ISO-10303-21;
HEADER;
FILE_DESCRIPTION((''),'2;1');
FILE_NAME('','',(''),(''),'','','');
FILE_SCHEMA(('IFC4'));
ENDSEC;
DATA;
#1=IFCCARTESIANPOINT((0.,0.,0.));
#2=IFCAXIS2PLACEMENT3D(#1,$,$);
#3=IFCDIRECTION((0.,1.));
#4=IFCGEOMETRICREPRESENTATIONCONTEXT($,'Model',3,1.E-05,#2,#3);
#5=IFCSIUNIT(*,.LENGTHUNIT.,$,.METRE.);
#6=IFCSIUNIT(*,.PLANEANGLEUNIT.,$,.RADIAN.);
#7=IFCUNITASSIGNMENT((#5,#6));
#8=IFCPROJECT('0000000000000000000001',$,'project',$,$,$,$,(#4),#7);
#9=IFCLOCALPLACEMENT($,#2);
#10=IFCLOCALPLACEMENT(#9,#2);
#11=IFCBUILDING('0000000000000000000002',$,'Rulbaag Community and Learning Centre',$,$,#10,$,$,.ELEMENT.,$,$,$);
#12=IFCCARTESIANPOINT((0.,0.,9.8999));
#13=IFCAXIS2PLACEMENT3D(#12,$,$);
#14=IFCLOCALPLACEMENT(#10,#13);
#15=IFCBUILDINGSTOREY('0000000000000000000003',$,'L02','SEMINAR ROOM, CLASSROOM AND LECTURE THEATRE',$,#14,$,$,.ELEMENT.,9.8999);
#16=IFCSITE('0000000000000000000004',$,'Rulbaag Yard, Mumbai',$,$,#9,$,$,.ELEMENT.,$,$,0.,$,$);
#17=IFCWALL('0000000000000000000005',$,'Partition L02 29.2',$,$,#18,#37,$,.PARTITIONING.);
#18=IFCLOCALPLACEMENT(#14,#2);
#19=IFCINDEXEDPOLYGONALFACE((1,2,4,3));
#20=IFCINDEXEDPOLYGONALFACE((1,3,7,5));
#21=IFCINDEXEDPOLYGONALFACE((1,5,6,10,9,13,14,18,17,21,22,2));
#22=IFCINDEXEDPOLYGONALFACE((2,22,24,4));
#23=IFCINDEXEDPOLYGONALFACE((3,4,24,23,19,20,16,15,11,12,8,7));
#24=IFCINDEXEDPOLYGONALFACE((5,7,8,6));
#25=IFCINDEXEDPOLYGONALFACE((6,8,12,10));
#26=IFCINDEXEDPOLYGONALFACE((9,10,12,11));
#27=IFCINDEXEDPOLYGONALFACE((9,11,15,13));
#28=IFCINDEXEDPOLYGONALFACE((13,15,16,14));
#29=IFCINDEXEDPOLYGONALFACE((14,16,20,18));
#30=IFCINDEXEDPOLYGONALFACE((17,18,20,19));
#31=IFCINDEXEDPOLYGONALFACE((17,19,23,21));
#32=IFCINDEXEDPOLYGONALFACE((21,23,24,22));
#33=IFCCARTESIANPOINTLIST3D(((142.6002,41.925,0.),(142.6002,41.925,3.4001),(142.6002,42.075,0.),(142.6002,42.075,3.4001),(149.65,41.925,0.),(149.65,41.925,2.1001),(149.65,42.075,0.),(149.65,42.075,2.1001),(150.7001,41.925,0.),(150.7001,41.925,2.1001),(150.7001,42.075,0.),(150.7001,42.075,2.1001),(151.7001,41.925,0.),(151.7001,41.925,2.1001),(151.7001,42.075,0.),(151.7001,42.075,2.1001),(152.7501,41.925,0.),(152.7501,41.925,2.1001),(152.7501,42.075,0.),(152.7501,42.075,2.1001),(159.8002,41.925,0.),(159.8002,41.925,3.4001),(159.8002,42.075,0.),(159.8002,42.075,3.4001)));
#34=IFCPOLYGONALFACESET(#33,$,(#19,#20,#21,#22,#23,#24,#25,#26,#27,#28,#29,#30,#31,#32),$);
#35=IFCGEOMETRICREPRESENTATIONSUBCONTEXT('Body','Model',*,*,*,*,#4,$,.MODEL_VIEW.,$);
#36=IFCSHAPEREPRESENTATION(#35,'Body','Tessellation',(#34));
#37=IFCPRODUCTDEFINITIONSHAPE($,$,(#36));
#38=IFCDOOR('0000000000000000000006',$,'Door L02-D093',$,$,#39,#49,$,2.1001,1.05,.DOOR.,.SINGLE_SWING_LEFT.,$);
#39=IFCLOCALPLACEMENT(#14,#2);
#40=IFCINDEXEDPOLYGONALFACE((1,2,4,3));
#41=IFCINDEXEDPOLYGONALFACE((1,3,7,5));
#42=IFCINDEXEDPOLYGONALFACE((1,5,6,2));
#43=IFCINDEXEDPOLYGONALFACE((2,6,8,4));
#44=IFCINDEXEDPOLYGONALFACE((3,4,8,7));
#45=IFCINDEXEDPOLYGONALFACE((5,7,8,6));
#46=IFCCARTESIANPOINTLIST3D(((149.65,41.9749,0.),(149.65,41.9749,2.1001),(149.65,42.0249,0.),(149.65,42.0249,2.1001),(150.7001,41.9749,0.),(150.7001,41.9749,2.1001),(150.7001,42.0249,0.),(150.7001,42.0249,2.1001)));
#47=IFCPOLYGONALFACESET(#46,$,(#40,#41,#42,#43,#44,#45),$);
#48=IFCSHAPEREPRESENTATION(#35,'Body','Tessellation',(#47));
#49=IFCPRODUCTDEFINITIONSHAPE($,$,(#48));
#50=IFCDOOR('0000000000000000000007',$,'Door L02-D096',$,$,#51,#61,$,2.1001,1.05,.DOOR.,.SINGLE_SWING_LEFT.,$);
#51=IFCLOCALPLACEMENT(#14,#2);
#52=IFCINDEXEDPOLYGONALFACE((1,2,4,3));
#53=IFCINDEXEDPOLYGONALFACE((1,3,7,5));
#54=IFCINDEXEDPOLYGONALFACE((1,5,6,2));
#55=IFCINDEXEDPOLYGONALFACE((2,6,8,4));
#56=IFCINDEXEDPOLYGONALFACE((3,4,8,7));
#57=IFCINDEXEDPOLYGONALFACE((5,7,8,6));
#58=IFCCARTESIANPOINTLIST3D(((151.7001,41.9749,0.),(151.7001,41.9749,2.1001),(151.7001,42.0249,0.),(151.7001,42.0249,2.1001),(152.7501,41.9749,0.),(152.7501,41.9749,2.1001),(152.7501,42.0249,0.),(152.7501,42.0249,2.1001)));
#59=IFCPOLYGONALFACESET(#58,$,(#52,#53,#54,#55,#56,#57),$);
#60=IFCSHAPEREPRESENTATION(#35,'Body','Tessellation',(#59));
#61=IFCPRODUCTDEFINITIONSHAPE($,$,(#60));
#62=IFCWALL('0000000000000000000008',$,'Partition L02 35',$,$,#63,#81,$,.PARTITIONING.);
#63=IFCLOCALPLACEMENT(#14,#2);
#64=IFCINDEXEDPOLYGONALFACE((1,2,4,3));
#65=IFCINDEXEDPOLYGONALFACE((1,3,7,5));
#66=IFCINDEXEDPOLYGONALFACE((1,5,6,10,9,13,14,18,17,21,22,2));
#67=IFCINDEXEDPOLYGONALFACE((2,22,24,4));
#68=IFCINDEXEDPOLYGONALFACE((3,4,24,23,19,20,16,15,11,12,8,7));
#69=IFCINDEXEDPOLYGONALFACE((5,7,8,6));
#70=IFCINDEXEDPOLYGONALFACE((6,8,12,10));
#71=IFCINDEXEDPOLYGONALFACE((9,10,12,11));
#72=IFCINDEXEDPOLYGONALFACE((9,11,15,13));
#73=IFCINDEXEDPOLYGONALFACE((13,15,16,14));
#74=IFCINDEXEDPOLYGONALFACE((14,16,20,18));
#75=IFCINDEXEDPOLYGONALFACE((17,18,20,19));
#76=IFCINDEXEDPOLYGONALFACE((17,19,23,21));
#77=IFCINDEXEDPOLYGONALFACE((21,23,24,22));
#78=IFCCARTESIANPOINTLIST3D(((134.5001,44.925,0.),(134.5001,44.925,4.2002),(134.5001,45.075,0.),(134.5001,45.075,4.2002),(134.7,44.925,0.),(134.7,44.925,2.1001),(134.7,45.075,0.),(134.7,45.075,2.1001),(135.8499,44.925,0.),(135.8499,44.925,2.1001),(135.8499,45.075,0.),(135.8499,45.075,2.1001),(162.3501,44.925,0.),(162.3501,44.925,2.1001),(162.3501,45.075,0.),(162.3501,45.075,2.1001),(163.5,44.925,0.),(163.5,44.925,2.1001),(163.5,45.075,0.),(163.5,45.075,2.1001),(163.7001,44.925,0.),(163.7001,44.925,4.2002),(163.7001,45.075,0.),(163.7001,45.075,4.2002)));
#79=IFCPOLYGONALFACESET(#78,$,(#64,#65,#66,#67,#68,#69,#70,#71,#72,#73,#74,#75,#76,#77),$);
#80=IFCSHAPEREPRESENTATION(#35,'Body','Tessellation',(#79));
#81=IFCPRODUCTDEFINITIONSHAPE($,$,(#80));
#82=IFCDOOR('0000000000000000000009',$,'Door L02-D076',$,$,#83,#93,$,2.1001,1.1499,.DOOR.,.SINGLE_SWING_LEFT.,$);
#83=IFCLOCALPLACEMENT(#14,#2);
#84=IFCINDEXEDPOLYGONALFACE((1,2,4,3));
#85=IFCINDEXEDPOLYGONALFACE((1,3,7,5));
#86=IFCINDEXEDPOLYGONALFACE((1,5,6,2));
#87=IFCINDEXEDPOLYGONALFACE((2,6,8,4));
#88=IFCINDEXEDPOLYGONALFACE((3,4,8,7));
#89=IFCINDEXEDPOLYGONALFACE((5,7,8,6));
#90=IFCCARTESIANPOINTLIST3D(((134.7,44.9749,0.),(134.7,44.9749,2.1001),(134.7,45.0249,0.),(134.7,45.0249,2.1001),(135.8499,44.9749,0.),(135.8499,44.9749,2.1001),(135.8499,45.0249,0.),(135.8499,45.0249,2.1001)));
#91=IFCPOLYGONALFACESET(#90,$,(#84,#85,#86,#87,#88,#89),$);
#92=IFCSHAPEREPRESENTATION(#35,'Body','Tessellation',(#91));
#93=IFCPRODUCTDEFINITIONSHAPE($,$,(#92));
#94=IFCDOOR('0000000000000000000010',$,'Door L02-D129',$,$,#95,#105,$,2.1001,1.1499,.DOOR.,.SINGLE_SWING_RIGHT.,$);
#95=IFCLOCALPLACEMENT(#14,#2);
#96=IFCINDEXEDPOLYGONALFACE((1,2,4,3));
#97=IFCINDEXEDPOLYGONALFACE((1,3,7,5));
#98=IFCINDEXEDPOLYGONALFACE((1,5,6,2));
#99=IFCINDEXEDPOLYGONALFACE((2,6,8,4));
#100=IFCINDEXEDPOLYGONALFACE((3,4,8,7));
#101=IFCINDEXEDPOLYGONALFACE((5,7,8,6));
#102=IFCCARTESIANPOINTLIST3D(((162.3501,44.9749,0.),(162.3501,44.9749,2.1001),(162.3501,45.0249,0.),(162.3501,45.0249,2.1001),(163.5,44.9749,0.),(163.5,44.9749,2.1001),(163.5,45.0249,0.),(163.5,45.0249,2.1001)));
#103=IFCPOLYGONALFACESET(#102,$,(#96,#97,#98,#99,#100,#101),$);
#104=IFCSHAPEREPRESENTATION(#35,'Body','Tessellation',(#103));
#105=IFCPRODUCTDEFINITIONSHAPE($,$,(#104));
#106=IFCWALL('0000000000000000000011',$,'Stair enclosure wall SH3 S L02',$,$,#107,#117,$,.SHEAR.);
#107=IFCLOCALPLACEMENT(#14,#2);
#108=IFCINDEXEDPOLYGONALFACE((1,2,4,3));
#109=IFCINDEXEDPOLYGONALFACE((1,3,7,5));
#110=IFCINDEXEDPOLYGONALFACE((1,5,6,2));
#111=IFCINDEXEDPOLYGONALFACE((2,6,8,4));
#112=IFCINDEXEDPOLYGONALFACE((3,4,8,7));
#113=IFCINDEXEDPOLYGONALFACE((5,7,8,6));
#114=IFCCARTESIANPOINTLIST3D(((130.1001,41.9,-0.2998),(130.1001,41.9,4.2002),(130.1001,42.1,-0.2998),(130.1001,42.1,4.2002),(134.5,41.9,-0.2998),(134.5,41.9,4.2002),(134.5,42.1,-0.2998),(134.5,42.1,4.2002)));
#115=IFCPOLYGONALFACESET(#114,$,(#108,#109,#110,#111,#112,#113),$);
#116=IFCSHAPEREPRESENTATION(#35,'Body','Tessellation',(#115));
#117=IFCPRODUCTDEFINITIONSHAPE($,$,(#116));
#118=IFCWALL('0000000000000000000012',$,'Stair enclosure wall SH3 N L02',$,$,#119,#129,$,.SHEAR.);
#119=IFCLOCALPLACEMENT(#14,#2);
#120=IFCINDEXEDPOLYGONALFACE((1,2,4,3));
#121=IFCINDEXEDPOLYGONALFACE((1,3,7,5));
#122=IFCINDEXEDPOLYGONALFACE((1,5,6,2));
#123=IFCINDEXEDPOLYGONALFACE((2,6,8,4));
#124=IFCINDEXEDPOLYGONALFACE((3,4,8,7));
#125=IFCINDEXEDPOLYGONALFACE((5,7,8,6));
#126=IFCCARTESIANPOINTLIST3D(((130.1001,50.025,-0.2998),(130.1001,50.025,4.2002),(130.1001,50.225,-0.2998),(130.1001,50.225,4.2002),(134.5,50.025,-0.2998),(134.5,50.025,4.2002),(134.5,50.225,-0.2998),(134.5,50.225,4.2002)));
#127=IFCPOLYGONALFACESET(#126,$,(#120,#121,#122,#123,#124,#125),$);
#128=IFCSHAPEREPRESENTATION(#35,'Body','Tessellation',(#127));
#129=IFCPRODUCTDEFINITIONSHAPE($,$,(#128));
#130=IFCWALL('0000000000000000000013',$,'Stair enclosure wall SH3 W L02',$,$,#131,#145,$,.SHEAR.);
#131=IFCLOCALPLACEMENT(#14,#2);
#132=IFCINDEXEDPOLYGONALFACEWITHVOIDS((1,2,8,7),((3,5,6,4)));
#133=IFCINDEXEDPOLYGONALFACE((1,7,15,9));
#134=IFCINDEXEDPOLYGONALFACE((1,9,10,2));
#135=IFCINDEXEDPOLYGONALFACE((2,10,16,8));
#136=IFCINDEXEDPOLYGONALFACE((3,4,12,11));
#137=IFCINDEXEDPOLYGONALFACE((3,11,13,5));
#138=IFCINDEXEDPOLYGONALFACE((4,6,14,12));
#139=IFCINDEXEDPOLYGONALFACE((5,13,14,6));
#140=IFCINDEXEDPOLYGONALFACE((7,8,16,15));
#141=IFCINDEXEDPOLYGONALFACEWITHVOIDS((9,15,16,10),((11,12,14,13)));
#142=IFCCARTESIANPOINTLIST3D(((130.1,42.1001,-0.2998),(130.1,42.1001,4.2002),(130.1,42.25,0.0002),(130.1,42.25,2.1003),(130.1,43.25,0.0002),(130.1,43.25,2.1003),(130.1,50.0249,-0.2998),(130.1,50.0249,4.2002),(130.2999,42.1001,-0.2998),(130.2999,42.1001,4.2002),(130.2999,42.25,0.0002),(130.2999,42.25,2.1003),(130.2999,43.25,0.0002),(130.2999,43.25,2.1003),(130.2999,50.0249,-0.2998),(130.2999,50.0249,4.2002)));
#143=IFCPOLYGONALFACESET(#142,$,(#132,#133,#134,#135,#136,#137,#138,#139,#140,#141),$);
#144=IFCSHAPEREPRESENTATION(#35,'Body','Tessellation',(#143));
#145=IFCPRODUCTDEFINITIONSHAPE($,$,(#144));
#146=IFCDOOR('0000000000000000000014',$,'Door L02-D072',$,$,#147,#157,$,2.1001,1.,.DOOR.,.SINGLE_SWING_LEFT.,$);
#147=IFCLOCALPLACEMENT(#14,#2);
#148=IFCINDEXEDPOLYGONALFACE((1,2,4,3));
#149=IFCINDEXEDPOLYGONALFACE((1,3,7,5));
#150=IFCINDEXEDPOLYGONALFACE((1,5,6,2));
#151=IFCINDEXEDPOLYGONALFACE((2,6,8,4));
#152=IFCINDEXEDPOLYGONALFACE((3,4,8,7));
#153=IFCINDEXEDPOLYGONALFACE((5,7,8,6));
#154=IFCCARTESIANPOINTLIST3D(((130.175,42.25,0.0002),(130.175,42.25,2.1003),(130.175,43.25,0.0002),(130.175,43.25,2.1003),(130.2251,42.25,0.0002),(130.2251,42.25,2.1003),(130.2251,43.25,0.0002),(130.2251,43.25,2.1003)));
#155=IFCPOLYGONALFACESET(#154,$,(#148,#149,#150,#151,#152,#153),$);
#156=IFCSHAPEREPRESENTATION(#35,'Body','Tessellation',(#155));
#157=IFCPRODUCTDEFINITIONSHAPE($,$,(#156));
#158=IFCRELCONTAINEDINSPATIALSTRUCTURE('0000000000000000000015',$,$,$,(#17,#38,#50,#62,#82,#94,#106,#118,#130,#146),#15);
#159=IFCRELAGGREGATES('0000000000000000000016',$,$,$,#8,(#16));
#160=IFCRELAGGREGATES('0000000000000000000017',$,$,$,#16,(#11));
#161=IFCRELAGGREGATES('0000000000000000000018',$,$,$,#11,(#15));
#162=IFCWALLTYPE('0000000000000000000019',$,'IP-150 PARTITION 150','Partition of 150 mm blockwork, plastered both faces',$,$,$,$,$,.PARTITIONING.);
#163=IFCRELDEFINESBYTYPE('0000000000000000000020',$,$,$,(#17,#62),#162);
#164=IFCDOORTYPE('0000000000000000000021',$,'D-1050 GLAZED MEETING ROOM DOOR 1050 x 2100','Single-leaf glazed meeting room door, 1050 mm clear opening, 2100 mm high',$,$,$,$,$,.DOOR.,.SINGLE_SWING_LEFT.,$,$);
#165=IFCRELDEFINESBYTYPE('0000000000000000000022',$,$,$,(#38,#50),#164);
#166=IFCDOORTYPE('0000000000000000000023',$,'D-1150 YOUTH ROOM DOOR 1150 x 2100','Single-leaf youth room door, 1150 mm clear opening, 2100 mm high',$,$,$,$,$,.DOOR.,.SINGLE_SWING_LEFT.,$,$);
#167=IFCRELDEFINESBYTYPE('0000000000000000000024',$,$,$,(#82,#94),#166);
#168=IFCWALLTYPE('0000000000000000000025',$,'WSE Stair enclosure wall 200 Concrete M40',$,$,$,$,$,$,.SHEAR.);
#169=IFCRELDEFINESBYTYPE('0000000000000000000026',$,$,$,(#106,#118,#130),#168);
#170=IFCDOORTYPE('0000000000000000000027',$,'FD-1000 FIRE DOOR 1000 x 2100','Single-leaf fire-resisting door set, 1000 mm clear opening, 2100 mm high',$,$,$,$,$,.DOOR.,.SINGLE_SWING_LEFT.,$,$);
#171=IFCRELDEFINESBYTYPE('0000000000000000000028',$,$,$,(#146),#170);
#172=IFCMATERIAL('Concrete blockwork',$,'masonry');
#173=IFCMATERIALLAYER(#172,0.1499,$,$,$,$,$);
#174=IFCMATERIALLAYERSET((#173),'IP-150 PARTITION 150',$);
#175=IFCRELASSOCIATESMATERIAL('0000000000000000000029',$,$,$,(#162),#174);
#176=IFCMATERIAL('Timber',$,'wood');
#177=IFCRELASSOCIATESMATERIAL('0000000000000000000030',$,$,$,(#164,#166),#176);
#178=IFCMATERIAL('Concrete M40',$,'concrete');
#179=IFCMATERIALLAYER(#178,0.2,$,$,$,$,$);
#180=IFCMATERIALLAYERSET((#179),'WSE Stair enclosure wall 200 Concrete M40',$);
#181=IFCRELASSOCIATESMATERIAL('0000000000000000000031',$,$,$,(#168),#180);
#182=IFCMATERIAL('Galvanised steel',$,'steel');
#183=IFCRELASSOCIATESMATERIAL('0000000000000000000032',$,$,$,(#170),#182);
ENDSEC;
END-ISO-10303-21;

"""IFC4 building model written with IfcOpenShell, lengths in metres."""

from ifc_helpers import new_model, si_unit, direction, frame, frame_2d, origin, place, context, subcontext, project, spatial, rectangle, extrude, material, layer, layer_set, type_object, element, fill, save


model = new_model("IFC4")

# Units and contexts
model_context = context("Model", 3, precision=1e-05, world=origin(), true_north=direction((0.0, 1.0)))
body_context = subcontext(model_context, "Body", "Model", "MODEL_VIEW")
ifc_project = project(units=[si_unit("LENGTHUNIT", "METRE"), si_unit("PLANEANGLEUNIT", "RADIAN")], contexts=[model_context])

# Site, building, storey
site_placement = place(None, origin())
site = spatial("IfcSite", under=ifc_project, at=site_placement, Name="Rulbaag Yard, Mumbai", CompositionType="ELEMENT", RefElevation=0.0)
building_placement = place(site_placement, origin())
building = spatial("IfcBuilding", under=site, at=building_placement, Name="Rulbaag Community and Learning Centre", CompositionType="ELEMENT")
storey_placement = place(building_placement, frame((0.0, 0.0, 9.8999)))
storey = spatial("IfcBuildingStorey", under=building, at=storey_placement, Name="L02", Description="SEMINAR ROOM, CLASSROOM AND LECTURE THEATRE", CompositionType="ELEMENT", Elevation=9.8999)

# Shared definitions
ifc_material_1 = material(Name="Concrete M40", Category="concrete")

# Shared definitions
ifc_material_2 = material(Name="Concrete blockwork", Category="masonry")
ifc_layer_1 = layer(ifc_material_2, 0.1499)
ifc_layer_set_1 = layer_set([ifc_layer_1], Name="IP-150 PARTITION 150")
wall_type_1 = type_object("IfcWallType", Name="IP-150 PARTITION 150", Description="Partition of 150 mm blockwork, plastered both faces", PredefinedType="PARTITIONING", material=ifc_layer_set_1)
ifc_material_3 = material(Name="Timber", Category="wood")
door_type_1 = type_object("IfcDoorType", Name="D-1050 GLAZED MEETING ROOM DOOR 1050 x 2100", Description="Single-leaf glazed meeting room door, 1050 mm clear opening, 2100 mm high", OperationType="SINGLE_SWING_LEFT", PredefinedType="DOOR", material=ifc_material_3)

# Walls, openings, doors
wall_1_placement = place(storey_placement, frame((142.6001, 42.0, 0.0), z_axis=(0.0, 0.0, 1.0), x_axis=(1.0, 0.0, 0.0)))
wall_1 = element("IfcWall", 1, at=wall_1_placement, inside=storey, type_object=wall_type_1, Name="Partition L02 29.2", PredefinedType="PARTITIONING", context=body_context, shape_type="SweptSolid", body=[
    extrude(rectangle(XDim=17.2, YDim=0.1499, at=frame_2d((8.6001, 0.0))), origin(), (0.0, 0.0, 1.0), 3.4001),
])
opening_1_placement = place(wall_1_placement, frame((7.05, 0.0, 0.0)))
opening_1 = element("IfcOpeningElement", 2, at=opening_1_placement, cuts=wall_1, PredefinedType="OPENING", context=body_context, shape_type="SweptSolid", body=[
    extrude(rectangle(XDim=1.05, YDim=2.1001, at=frame_2d((0.5249, 1.05))), frame((0.0, 0.085, 0.0), z_axis=(0.0, -1.0, 0.0), x_axis=(1.0, 0.0, 0.0)), (0.0, 0.0, 1.0), 0.1699),
])
opening_2_placement = place(wall_1_placement, frame((9.1001, 0.0, 0.0)))
opening_2 = element("IfcOpeningElement", 3, at=opening_2_placement, cuts=wall_1, PredefinedType="OPENING", context=body_context, shape_type="SweptSolid", body=[
    extrude(rectangle(XDim=1.05, YDim=2.1001, at=frame_2d((0.5249, 1.05))), frame((0.0, 0.085, 0.0), z_axis=(0.0, -1.0, 0.0), x_axis=(1.0, 0.0, 0.0)), (0.0, 0.0, 1.0), 0.1699),
])
door_1_placement = place(opening_1_placement, origin())
door_1 = element("IfcDoor", 4, at=door_1_placement, inside=storey, type_object=door_type_1, Name="Door L02-D093", OperationType="SINGLE_SWING_LEFT", OverallHeight=2.1001, OverallWidth=1.05, PredefinedType="DOOR", context=body_context, shape_type="SweptSolid", body=[
    extrude(rectangle(XDim=1.05, YDim=2.1001, at=frame_2d((0.5249, 1.05))), frame((0.0, 0.0249, 0.0), z_axis=(0.0, -1.0, 0.0), x_axis=(1.0, 0.0, 0.0)), (0.0, 0.0, 1.0), 0.05),
])
fill(opening_1, door_1)
door_2_placement = place(opening_2_placement, origin())
door_2 = element("IfcDoor", 5, at=door_2_placement, inside=storey, type_object=door_type_1, Name="Door L02-D096", OperationType="SINGLE_SWING_LEFT", OverallHeight=2.1001, OverallWidth=1.05, PredefinedType="DOOR", context=body_context, shape_type="SweptSolid", body=[
    extrude(rectangle(XDim=1.05, YDim=2.1001, at=frame_2d((0.5249, 1.05))), frame((0.0, 0.0249, 0.0), z_axis=(0.0, -1.0, 0.0), x_axis=(1.0, 0.0, 0.0)), (0.0, 0.0, 1.0), 0.05),
])
fill(opening_2, door_2)
wall_2_placement = place(storey_placement, frame((134.5, 45.0, 0.0), z_axis=(0.0, 0.0, 1.0), x_axis=(1.0, 0.0, 0.0)))
wall_2 = element("IfcWall", 6, at=wall_2_placement, inside=storey, type_object=wall_type_1, Name="Partition L02 35", PredefinedType="PARTITIONING", context=body_context, shape_type="SweptSolid", body=[
    extrude(rectangle(XDim=29.2, YDim=0.1499, at=frame_2d((14.6001, 0.0))), origin(), (0.0, 0.0, 1.0), 4.2002),
])
opening_3_placement = place(wall_2_placement, frame((0.2, 0.0, 0.0)))
opening_3 = element("IfcOpeningElement", 7, at=opening_3_placement, cuts=wall_2, PredefinedType="OPENING", context=body_context, shape_type="SweptSolid", body=[
    extrude(rectangle(XDim=1.1499, YDim=2.1001, at=frame_2d((0.575, 1.05))), frame((0.0, 0.085, 0.0), z_axis=(0.0, -1.0, 0.0), x_axis=(1.0, 0.0, 0.0)), (0.0, 0.0, 1.0), 0.1699),
])
opening_4_placement = place(wall_2_placement, frame((27.8501, 0.0, 0.0)))
opening_4 = element("IfcOpeningElement", 8, at=opening_4_placement, cuts=wall_2, PredefinedType="OPENING", context=body_context, shape_type="SweptSolid", body=[
    extrude(rectangle(XDim=1.1499, YDim=2.1001, at=frame_2d((0.575, 1.05))), frame((0.0, 0.085, 0.0), z_axis=(0.0, -1.0, 0.0), x_axis=(1.0, 0.0, 0.0)), (0.0, 0.0, 1.0), 0.1699),
])
door_type_2 = type_object("IfcDoorType", Name="D-1150 YOUTH ROOM DOOR 1150 x 2100", Description="Single-leaf youth room door, 1150 mm clear opening, 2100 mm high", OperationType="SINGLE_SWING_LEFT", PredefinedType="DOOR", material=ifc_material_3)
door_3_placement = place(opening_3_placement, origin())
door_3 = element("IfcDoor", 9, at=door_3_placement, inside=storey, type_object=door_type_2, Name="Door L02-D076", OperationType="SINGLE_SWING_LEFT", OverallHeight=2.1001, OverallWidth=1.1499, PredefinedType="DOOR", context=body_context, shape_type="SweptSolid", body=[
    extrude(rectangle(XDim=1.1499, YDim=2.1001, at=frame_2d((0.575, 1.05))), frame((0.0, 0.0249, 0.0), z_axis=(0.0, -1.0, 0.0), x_axis=(1.0, 0.0, 0.0)), (0.0, 0.0, 1.0), 0.05),
])
fill(opening_3, door_3)
door_4_placement = place(opening_4_placement, origin())
door_4 = element("IfcDoor", 10, at=door_4_placement, inside=storey, type_object=door_type_2, Name="Door L02-D129", OperationType="SINGLE_SWING_RIGHT", OverallHeight=2.1001, OverallWidth=1.1499, PredefinedType="DOOR", context=body_context, shape_type="SweptSolid", body=[
    extrude(rectangle(XDim=1.1499, YDim=2.1001, at=frame_2d((0.575, 1.05))), frame((0.0, 0.0249, 0.0), z_axis=(0.0, -1.0, 0.0), x_axis=(1.0, 0.0, 0.0)), (0.0, 0.0, 1.0), 0.05),
])
fill(opening_4, door_4)

# Walls
ifc_layer_2 = layer(ifc_material_1, 0.2)
ifc_layer_set_2 = layer_set([ifc_layer_2], Name="WSE Stair enclosure wall 200 Concrete M40")
wall_type_2 = type_object("IfcWallType", Name="WSE Stair enclosure wall 200 Concrete M40", PredefinedType="SHEAR", material=ifc_layer_set_2)
for number, where, z_axis, x_axis, name in (
    (11, (130.1001, 42.0, -0.2998), (0.0, 0.0, 1.0), (1.0, 0.0, 0.0), "Stair enclosure wall SH3 S L02"),
    (12, (130.1001, 50.125, -0.2998), (0.0, 0.0, 1.0), (1.0, 0.0, 0.0), "Stair enclosure wall SH3 N L02"),
):
    element("IfcWall", number, at=place(storey_placement, frame(where, z_axis=z_axis, x_axis=x_axis)), inside=storey, type_object=wall_type_2, Name=name, PredefinedType="SHEAR", context=body_context, shape_type="SweptSolid", body=[
        extrude(rectangle(XDim=4.3999, YDim=0.2, at=frame_2d((2.2, 0.0))), origin(), (0.0, 0.0, 1.0), 4.5),
    ])

# Wall, opening, door
wall_3_placement = place(storey_placement, frame((130.2, 42.1001, -0.2998), z_axis=(0.0, 0.0, 1.0), x_axis=(0.0, 1.0, 0.0)))
wall_3 = element("IfcWall", 13, at=wall_3_placement, inside=storey, type_object=wall_type_2, Name="Stair enclosure wall SH3 W L02", PredefinedType="SHEAR", context=body_context, shape_type="SweptSolid", body=[
    extrude(rectangle(XDim=7.9248, YDim=0.2, at=frame_2d((3.9624, 0.0))), origin(), (0.0, 0.0, 1.0), 4.5),
])
opening_5_placement = place(wall_3_placement, frame((0.1499, 0.0, 0.3)))
opening_5 = element("IfcOpeningElement", 14, at=opening_5_placement, cuts=wall_3, PredefinedType="OPENING", context=body_context, shape_type="SweptSolid", body=[
    extrude(rectangle(XDim=1.0, YDim=2.1001, at=frame_2d((0.5, 1.05))), frame((0.0, 0.1099, 0.0), z_axis=(0.0, -1.0, 0.0), x_axis=(1.0, 0.0, 0.0)), (0.0, 0.0, 1.0), 0.22),
])
ifc_material_4 = material(Name="Galvanised steel", Category="steel")
door_type_3 = type_object("IfcDoorType", Name="FD-1000 FIRE DOOR 1000 x 2100", Description="Single-leaf fire-resisting door set, 1000 mm clear opening, 2100 mm high", OperationType="SINGLE_SWING_LEFT", PredefinedType="DOOR", material=ifc_material_4)
door_5_placement = place(opening_5_placement, origin())
door_5 = element("IfcDoor", 15, at=door_5_placement, inside=storey, type_object=door_type_3, Name="Door L02-D072", OperationType="SINGLE_SWING_LEFT", OverallHeight=2.1001, OverallWidth=1.0, PredefinedType="DOOR", context=body_context, shape_type="SweptSolid", body=[
    extrude(rectangle(XDim=1.0, YDim=2.1001, at=frame_2d((0.5, 1.05))), frame((0.0, 0.0249, 0.0), z_axis=(0.0, -1.0, 0.0), x_axis=(1.0, 0.0, 0.0)), (0.0, 0.0, 1.0), 0.05),
])
fill(opening_5, door_5)

save(model, "model.ifc")
